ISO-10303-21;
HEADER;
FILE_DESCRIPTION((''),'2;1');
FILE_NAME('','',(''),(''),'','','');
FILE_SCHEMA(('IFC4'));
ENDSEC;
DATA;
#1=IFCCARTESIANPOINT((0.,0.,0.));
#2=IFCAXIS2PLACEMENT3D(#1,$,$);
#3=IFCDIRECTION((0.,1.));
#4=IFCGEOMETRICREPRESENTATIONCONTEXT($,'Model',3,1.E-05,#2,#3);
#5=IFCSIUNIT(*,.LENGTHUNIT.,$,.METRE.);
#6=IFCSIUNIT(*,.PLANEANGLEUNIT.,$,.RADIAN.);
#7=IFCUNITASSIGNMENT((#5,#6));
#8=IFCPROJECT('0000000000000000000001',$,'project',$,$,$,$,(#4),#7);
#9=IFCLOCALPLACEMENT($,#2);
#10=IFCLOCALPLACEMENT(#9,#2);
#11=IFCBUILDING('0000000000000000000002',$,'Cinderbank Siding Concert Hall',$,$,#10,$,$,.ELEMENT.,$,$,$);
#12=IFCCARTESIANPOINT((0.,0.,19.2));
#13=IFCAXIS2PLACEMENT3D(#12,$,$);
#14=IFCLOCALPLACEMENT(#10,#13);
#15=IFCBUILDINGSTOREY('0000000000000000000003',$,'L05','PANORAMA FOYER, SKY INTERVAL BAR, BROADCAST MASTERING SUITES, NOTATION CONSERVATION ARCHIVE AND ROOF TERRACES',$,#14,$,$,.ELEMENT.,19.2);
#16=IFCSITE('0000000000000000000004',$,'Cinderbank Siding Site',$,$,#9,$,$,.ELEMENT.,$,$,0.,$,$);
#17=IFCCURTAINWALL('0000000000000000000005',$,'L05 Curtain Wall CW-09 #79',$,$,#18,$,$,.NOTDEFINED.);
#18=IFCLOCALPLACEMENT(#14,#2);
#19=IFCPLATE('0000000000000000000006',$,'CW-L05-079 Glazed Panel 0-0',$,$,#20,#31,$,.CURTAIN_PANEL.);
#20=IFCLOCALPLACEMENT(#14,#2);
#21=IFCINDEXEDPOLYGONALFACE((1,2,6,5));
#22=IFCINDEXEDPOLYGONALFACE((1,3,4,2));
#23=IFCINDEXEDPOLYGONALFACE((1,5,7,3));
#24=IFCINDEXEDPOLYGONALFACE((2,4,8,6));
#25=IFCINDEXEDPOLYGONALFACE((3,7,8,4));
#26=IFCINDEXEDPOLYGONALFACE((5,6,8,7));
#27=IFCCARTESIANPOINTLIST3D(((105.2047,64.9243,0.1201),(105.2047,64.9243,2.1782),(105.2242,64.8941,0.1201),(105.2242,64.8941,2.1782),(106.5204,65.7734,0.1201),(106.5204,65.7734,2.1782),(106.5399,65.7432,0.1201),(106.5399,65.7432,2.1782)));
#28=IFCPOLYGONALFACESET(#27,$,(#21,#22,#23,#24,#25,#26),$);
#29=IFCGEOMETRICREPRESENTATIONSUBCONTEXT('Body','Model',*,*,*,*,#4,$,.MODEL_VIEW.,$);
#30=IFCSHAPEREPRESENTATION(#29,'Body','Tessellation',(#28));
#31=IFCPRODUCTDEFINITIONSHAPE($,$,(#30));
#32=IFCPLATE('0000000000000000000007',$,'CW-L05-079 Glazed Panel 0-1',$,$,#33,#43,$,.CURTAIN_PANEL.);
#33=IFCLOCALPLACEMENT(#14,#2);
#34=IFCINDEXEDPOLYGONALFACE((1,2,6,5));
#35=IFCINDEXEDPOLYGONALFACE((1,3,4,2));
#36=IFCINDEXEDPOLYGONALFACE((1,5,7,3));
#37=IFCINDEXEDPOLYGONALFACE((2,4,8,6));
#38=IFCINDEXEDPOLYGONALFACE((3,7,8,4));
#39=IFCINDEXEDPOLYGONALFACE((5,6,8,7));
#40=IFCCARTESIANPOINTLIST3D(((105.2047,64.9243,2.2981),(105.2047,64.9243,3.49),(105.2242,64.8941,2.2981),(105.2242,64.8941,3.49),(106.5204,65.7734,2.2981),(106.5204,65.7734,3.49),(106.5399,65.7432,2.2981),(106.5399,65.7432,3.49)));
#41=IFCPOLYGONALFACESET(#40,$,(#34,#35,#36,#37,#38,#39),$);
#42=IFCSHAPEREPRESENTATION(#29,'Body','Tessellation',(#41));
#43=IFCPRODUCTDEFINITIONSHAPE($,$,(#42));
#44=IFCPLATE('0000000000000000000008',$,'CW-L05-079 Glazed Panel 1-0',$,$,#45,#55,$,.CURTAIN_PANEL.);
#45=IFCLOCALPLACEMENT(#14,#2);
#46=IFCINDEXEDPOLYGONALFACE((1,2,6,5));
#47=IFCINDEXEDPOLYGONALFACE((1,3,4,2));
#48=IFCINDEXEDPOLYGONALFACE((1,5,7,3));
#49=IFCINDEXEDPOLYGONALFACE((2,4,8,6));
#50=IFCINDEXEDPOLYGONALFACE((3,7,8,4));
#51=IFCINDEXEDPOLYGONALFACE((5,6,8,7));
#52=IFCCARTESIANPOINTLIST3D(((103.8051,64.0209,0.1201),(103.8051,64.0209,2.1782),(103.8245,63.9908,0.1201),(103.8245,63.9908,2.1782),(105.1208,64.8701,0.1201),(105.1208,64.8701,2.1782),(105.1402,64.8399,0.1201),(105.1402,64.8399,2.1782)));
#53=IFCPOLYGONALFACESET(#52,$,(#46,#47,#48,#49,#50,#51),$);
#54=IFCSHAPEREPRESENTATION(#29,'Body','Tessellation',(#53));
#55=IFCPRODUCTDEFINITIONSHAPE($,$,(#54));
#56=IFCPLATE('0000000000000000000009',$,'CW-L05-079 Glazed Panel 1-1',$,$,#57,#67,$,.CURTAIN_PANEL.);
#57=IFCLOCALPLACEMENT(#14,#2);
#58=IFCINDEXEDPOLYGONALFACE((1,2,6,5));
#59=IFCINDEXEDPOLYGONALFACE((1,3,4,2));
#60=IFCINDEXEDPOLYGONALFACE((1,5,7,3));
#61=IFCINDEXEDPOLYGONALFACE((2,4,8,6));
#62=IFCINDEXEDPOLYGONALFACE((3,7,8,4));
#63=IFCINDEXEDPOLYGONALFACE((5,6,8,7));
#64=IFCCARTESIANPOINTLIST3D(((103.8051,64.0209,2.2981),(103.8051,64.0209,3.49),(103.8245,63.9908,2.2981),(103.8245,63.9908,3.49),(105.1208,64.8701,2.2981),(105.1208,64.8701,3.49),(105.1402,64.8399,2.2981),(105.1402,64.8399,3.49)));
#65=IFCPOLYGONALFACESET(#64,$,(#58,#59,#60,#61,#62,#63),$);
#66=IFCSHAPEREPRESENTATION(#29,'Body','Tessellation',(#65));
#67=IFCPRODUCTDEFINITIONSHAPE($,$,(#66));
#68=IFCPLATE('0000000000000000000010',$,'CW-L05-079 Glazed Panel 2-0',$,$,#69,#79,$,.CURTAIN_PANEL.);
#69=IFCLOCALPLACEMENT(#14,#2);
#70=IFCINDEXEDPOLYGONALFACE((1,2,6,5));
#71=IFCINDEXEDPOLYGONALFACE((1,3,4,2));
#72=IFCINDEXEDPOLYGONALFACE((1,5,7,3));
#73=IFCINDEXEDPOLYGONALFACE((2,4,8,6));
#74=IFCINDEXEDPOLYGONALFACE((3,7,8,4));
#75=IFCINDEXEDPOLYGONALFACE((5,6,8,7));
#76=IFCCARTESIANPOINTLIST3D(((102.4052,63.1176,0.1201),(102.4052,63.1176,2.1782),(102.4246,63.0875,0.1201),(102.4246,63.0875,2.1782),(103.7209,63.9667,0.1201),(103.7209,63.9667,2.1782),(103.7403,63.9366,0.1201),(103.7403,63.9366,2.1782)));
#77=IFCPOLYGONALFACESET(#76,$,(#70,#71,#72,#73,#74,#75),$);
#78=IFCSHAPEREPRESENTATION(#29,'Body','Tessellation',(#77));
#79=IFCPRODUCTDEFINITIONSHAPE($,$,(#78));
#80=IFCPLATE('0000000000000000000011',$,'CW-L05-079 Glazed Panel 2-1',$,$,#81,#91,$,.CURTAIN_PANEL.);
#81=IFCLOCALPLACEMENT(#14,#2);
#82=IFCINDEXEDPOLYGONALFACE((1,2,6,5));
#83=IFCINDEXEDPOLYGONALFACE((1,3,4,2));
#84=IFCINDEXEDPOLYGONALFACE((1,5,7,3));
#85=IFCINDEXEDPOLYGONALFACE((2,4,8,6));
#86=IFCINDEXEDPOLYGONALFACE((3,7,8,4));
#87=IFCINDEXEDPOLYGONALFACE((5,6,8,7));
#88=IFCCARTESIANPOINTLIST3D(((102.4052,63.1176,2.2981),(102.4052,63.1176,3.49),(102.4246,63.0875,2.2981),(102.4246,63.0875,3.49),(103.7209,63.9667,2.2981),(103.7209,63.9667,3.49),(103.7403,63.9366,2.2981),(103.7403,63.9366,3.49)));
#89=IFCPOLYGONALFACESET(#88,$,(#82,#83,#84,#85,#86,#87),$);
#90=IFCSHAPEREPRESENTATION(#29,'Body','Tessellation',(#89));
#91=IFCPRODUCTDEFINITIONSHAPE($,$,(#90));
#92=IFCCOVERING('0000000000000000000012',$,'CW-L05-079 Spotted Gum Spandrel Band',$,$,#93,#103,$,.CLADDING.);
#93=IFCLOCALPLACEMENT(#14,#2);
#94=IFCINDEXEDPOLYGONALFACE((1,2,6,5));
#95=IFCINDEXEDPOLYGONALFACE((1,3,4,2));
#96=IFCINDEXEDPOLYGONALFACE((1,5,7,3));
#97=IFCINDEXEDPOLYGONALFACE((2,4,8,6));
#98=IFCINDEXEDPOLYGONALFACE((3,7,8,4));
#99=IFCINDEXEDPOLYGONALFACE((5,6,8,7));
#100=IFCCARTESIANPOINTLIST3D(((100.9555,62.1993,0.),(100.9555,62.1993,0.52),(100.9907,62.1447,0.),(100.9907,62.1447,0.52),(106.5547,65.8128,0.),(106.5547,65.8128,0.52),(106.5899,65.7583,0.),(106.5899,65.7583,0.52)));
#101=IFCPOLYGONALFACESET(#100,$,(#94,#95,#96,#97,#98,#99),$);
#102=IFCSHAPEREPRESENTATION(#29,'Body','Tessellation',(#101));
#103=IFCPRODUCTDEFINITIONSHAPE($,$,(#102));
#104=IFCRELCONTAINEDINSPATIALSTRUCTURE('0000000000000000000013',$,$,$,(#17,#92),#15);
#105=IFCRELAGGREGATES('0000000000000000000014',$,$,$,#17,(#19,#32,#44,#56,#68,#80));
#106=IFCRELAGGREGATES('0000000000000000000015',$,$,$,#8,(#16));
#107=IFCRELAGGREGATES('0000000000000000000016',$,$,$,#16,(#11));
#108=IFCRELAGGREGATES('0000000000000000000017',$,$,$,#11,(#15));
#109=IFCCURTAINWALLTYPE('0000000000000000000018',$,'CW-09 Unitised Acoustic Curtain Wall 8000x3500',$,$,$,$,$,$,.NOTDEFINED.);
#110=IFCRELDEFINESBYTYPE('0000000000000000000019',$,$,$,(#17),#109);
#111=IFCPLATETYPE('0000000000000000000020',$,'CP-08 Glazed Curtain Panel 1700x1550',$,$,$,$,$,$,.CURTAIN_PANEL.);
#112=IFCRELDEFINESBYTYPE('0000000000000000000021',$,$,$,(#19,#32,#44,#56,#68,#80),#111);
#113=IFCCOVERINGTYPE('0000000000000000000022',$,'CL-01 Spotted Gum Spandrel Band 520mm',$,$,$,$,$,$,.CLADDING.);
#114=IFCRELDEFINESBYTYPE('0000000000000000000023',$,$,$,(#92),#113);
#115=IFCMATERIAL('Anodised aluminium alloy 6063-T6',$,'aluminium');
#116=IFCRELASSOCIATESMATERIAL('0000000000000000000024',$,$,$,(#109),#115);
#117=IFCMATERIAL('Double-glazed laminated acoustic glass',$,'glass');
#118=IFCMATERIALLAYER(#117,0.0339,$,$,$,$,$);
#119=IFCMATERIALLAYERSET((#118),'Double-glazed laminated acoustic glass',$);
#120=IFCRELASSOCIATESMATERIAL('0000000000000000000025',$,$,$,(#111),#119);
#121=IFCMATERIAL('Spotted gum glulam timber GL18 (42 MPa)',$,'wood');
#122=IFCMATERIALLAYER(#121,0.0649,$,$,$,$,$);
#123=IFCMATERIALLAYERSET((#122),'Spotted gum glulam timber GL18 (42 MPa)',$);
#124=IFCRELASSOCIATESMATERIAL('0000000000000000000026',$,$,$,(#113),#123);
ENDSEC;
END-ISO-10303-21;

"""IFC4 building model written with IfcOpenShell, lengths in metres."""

from ifc_helpers import new_model, si_unit, direction, frame, origin, origin_2d, place, context, subcontext, project, spatial, rectangle, extrude, material, layer, layer_set, type_object, element, aggregate, save


model = new_model("IFC4")

# Units and contexts
model_context = context("Model", 3, precision=1e-05, world=origin(), true_north=direction((0.0, 1.0)))
body_context = subcontext(model_context, "Body", "Model", "MODEL_VIEW")
ifc_project = project(units=[si_unit("LENGTHUNIT", "METRE"), si_unit("PLANEANGLEUNIT", "RADIAN")], contexts=[model_context])

# Site, building, storey
site_placement = place(None, origin())
site = spatial("IfcSite", under=ifc_project, at=site_placement, Name="Cinderbank Siding Site", CompositionType="ELEMENT", RefElevation=0.0)
building_placement = place(site_placement, origin())
building = spatial("IfcBuilding", under=site, at=building_placement, Name="Cinderbank Siding Concert Hall", CompositionType="ELEMENT")
storey_placement = place(building_placement, frame((0.0, 0.0, 19.2)))
storey = spatial("IfcBuildingStorey", under=building, at=storey_placement, Name="L05", Description="PANORAMA FOYER, SKY INTERVAL BAR, BROADCAST MASTERING SUITES, NOTATION CONSERVATION ARCHIVE AND ROOF TERRACES", CompositionType="ELEMENT", Elevation=19.2)

# Curtain wall, plates
ifc_material_1 = material(Name="Anodised aluminium alloy 6063-T6", Category="aluminium")
curtain_wall_type = type_object("IfcCurtainWallType", Name="CW-09 Unitised Acoustic Curtain Wall 8000x3500", PredefinedType="NOTDEFINED", material=ifc_material_1)
curtain_wall_placement = place(storey_placement, origin())
curtain_wall = element("IfcCurtainWall", 1, at=curtain_wall_placement, inside=storey, type_object=curtain_wall_type, Name="L05 Curtain Wall CW-09 #79", PredefinedType="NOTDEFINED")
ifc_material_2 = material(Name="Double-glazed laminated acoustic glass", Category="glass")
ifc_layer_1 = layer(ifc_material_2, 0.0339)
ifc_layer_set_1 = layer_set([ifc_layer_1], Name="Double-glazed laminated acoustic glass")
plate_type = type_object("IfcPlateType", Name="CP-08 Glazed Curtain Panel 1700x1550", PredefinedType="CURTAIN_PANEL", material=ifc_layer_set_1)
plate_1_placement = place(storey_placement, frame((105.8723, 65.3337, 0.1201), z_axis=(0.0, 0.0, 1.0), x_axis=(-0.840219, -0.542248, 0.0)))
plate_1 = element("IfcPlate", 2, at=plate_1_placement, type_object=plate_type, Name="CW-L05-079 Glazed Panel 0-0", PredefinedType="CURTAIN_PANEL", context=body_context, shape_type="SweptSolid", body=[
    extrude(rectangle(XDim=1.5659, YDim=0.0359, at=origin_2d()), origin(), (0.0, 0.0, 1.0), 2.0581),
])
plate_2_placement = place(storey_placement, frame((105.8723, 65.3337, 2.2981), z_axis=(0.0, 0.0, 1.0), x_axis=(-0.840219, -0.542248, 0.0)))
plate_2 = element("IfcPlate", 3, at=plate_2_placement, type_object=plate_type, Name="CW-L05-079 Glazed Panel 0-1", PredefinedType="CURTAIN_PANEL", context=body_context, shape_type="SweptSolid", body=[
    extrude(rectangle(XDim=1.5659, YDim=0.0359, at=origin_2d()), origin(), (0.0, 0.0, 1.0), 1.1919),
])
plate_3_placement = place(storey_placement, frame((104.4727, 64.4304, 0.1201), z_axis=(0.0, 0.0, 1.0), x_axis=(-0.840219, -0.542248, 0.0)))
plate_3 = element("IfcPlate", 4, at=plate_3_placement, type_object=plate_type, Name="CW-L05-079 Glazed Panel 1-0", PredefinedType="CURTAIN_PANEL", context=body_context, shape_type="SweptSolid", body=[
    extrude(rectangle(XDim=1.5659, YDim=0.0359, at=origin_2d()), origin(), (0.0, 0.0, 1.0), 2.0581),
])
plate_4_placement = place(storey_placement, frame((104.4727, 64.4304, 2.2981), z_axis=(0.0, 0.0, 1.0), x_axis=(-0.840219, -0.542248, 0.0)))
plate_4 = element("IfcPlate", 5, at=plate_4_placement, type_object=plate_type, Name="CW-L05-079 Glazed Panel 1-1", PredefinedType="CURTAIN_PANEL", context=body_context, shape_type="SweptSolid", body=[
    extrude(rectangle(XDim=1.5659, YDim=0.0359, at=origin_2d()), origin(), (0.0, 0.0, 1.0), 1.1919),
])
plate_5_placement = place(storey_placement, frame((103.0728, 63.5271, 0.1201), z_axis=(0.0, 0.0, 1.0), x_axis=(-0.840219, -0.542248, 0.0)))
plate_5 = element("IfcPlate", 6, at=plate_5_placement, type_object=plate_type, Name="CW-L05-079 Glazed Panel 2-0", PredefinedType="CURTAIN_PANEL", context=body_context, shape_type="SweptSolid", body=[
    extrude(rectangle(XDim=1.5659, YDim=0.0359, at=origin_2d()), origin(), (0.0, 0.0, 1.0), 2.0581),
])
plate_6_placement = place(storey_placement, frame((103.0728, 63.5271, 2.2981), z_axis=(0.0, 0.0, 1.0), x_axis=(-0.840219, -0.542248, 0.0)))
plate_6 = element("IfcPlate", 7, at=plate_6_placement, type_object=plate_type, Name="CW-L05-079 Glazed Panel 2-1", PredefinedType="CURTAIN_PANEL", context=body_context, shape_type="SweptSolid", body=[
    extrude(rectangle(XDim=1.5659, YDim=0.0359, at=origin_2d()), origin(), (0.0, 0.0, 1.0), 1.1919),
])
aggregate(curtain_wall, [plate_1, plate_2, plate_3, plate_4, plate_5, plate_6])

# Covering
ifc_material_3 = material(Name="Spotted gum glulam timber GL18 (42 MPa)", Category="wood")
ifc_layer_2 = layer(ifc_material_3, 0.0649)
ifc_layer_set_2 = layer_set([ifc_layer_2], Name="Spotted gum glulam timber GL18 (42 MPa)")
covering_type = type_object("IfcCoveringType", Name="CL-01 Spotted Gum Spandrel Band 520mm", PredefinedType="CLADDING", material=ifc_layer_set_2)
covering_placement = place(storey_placement, frame((103.7727, 63.9788, 0.0), z_axis=(0.0, 0.0, 1.0), x_axis=(-0.840219, -0.542248, 0.0)))
element("IfcCovering", 8, at=covering_placement, inside=storey, type_object=covering_type, Name="CW-L05-079 Spotted Gum Spandrel Band", PredefinedType="CLADDING", context=body_context, shape_type="SweptSolid", body=[
    extrude(rectangle(XDim=6.6641, YDim=0.0649, at=origin_2d()), origin(), (0.0, 0.0, 1.0), 0.52),
])

save(model, "model.ifc")
